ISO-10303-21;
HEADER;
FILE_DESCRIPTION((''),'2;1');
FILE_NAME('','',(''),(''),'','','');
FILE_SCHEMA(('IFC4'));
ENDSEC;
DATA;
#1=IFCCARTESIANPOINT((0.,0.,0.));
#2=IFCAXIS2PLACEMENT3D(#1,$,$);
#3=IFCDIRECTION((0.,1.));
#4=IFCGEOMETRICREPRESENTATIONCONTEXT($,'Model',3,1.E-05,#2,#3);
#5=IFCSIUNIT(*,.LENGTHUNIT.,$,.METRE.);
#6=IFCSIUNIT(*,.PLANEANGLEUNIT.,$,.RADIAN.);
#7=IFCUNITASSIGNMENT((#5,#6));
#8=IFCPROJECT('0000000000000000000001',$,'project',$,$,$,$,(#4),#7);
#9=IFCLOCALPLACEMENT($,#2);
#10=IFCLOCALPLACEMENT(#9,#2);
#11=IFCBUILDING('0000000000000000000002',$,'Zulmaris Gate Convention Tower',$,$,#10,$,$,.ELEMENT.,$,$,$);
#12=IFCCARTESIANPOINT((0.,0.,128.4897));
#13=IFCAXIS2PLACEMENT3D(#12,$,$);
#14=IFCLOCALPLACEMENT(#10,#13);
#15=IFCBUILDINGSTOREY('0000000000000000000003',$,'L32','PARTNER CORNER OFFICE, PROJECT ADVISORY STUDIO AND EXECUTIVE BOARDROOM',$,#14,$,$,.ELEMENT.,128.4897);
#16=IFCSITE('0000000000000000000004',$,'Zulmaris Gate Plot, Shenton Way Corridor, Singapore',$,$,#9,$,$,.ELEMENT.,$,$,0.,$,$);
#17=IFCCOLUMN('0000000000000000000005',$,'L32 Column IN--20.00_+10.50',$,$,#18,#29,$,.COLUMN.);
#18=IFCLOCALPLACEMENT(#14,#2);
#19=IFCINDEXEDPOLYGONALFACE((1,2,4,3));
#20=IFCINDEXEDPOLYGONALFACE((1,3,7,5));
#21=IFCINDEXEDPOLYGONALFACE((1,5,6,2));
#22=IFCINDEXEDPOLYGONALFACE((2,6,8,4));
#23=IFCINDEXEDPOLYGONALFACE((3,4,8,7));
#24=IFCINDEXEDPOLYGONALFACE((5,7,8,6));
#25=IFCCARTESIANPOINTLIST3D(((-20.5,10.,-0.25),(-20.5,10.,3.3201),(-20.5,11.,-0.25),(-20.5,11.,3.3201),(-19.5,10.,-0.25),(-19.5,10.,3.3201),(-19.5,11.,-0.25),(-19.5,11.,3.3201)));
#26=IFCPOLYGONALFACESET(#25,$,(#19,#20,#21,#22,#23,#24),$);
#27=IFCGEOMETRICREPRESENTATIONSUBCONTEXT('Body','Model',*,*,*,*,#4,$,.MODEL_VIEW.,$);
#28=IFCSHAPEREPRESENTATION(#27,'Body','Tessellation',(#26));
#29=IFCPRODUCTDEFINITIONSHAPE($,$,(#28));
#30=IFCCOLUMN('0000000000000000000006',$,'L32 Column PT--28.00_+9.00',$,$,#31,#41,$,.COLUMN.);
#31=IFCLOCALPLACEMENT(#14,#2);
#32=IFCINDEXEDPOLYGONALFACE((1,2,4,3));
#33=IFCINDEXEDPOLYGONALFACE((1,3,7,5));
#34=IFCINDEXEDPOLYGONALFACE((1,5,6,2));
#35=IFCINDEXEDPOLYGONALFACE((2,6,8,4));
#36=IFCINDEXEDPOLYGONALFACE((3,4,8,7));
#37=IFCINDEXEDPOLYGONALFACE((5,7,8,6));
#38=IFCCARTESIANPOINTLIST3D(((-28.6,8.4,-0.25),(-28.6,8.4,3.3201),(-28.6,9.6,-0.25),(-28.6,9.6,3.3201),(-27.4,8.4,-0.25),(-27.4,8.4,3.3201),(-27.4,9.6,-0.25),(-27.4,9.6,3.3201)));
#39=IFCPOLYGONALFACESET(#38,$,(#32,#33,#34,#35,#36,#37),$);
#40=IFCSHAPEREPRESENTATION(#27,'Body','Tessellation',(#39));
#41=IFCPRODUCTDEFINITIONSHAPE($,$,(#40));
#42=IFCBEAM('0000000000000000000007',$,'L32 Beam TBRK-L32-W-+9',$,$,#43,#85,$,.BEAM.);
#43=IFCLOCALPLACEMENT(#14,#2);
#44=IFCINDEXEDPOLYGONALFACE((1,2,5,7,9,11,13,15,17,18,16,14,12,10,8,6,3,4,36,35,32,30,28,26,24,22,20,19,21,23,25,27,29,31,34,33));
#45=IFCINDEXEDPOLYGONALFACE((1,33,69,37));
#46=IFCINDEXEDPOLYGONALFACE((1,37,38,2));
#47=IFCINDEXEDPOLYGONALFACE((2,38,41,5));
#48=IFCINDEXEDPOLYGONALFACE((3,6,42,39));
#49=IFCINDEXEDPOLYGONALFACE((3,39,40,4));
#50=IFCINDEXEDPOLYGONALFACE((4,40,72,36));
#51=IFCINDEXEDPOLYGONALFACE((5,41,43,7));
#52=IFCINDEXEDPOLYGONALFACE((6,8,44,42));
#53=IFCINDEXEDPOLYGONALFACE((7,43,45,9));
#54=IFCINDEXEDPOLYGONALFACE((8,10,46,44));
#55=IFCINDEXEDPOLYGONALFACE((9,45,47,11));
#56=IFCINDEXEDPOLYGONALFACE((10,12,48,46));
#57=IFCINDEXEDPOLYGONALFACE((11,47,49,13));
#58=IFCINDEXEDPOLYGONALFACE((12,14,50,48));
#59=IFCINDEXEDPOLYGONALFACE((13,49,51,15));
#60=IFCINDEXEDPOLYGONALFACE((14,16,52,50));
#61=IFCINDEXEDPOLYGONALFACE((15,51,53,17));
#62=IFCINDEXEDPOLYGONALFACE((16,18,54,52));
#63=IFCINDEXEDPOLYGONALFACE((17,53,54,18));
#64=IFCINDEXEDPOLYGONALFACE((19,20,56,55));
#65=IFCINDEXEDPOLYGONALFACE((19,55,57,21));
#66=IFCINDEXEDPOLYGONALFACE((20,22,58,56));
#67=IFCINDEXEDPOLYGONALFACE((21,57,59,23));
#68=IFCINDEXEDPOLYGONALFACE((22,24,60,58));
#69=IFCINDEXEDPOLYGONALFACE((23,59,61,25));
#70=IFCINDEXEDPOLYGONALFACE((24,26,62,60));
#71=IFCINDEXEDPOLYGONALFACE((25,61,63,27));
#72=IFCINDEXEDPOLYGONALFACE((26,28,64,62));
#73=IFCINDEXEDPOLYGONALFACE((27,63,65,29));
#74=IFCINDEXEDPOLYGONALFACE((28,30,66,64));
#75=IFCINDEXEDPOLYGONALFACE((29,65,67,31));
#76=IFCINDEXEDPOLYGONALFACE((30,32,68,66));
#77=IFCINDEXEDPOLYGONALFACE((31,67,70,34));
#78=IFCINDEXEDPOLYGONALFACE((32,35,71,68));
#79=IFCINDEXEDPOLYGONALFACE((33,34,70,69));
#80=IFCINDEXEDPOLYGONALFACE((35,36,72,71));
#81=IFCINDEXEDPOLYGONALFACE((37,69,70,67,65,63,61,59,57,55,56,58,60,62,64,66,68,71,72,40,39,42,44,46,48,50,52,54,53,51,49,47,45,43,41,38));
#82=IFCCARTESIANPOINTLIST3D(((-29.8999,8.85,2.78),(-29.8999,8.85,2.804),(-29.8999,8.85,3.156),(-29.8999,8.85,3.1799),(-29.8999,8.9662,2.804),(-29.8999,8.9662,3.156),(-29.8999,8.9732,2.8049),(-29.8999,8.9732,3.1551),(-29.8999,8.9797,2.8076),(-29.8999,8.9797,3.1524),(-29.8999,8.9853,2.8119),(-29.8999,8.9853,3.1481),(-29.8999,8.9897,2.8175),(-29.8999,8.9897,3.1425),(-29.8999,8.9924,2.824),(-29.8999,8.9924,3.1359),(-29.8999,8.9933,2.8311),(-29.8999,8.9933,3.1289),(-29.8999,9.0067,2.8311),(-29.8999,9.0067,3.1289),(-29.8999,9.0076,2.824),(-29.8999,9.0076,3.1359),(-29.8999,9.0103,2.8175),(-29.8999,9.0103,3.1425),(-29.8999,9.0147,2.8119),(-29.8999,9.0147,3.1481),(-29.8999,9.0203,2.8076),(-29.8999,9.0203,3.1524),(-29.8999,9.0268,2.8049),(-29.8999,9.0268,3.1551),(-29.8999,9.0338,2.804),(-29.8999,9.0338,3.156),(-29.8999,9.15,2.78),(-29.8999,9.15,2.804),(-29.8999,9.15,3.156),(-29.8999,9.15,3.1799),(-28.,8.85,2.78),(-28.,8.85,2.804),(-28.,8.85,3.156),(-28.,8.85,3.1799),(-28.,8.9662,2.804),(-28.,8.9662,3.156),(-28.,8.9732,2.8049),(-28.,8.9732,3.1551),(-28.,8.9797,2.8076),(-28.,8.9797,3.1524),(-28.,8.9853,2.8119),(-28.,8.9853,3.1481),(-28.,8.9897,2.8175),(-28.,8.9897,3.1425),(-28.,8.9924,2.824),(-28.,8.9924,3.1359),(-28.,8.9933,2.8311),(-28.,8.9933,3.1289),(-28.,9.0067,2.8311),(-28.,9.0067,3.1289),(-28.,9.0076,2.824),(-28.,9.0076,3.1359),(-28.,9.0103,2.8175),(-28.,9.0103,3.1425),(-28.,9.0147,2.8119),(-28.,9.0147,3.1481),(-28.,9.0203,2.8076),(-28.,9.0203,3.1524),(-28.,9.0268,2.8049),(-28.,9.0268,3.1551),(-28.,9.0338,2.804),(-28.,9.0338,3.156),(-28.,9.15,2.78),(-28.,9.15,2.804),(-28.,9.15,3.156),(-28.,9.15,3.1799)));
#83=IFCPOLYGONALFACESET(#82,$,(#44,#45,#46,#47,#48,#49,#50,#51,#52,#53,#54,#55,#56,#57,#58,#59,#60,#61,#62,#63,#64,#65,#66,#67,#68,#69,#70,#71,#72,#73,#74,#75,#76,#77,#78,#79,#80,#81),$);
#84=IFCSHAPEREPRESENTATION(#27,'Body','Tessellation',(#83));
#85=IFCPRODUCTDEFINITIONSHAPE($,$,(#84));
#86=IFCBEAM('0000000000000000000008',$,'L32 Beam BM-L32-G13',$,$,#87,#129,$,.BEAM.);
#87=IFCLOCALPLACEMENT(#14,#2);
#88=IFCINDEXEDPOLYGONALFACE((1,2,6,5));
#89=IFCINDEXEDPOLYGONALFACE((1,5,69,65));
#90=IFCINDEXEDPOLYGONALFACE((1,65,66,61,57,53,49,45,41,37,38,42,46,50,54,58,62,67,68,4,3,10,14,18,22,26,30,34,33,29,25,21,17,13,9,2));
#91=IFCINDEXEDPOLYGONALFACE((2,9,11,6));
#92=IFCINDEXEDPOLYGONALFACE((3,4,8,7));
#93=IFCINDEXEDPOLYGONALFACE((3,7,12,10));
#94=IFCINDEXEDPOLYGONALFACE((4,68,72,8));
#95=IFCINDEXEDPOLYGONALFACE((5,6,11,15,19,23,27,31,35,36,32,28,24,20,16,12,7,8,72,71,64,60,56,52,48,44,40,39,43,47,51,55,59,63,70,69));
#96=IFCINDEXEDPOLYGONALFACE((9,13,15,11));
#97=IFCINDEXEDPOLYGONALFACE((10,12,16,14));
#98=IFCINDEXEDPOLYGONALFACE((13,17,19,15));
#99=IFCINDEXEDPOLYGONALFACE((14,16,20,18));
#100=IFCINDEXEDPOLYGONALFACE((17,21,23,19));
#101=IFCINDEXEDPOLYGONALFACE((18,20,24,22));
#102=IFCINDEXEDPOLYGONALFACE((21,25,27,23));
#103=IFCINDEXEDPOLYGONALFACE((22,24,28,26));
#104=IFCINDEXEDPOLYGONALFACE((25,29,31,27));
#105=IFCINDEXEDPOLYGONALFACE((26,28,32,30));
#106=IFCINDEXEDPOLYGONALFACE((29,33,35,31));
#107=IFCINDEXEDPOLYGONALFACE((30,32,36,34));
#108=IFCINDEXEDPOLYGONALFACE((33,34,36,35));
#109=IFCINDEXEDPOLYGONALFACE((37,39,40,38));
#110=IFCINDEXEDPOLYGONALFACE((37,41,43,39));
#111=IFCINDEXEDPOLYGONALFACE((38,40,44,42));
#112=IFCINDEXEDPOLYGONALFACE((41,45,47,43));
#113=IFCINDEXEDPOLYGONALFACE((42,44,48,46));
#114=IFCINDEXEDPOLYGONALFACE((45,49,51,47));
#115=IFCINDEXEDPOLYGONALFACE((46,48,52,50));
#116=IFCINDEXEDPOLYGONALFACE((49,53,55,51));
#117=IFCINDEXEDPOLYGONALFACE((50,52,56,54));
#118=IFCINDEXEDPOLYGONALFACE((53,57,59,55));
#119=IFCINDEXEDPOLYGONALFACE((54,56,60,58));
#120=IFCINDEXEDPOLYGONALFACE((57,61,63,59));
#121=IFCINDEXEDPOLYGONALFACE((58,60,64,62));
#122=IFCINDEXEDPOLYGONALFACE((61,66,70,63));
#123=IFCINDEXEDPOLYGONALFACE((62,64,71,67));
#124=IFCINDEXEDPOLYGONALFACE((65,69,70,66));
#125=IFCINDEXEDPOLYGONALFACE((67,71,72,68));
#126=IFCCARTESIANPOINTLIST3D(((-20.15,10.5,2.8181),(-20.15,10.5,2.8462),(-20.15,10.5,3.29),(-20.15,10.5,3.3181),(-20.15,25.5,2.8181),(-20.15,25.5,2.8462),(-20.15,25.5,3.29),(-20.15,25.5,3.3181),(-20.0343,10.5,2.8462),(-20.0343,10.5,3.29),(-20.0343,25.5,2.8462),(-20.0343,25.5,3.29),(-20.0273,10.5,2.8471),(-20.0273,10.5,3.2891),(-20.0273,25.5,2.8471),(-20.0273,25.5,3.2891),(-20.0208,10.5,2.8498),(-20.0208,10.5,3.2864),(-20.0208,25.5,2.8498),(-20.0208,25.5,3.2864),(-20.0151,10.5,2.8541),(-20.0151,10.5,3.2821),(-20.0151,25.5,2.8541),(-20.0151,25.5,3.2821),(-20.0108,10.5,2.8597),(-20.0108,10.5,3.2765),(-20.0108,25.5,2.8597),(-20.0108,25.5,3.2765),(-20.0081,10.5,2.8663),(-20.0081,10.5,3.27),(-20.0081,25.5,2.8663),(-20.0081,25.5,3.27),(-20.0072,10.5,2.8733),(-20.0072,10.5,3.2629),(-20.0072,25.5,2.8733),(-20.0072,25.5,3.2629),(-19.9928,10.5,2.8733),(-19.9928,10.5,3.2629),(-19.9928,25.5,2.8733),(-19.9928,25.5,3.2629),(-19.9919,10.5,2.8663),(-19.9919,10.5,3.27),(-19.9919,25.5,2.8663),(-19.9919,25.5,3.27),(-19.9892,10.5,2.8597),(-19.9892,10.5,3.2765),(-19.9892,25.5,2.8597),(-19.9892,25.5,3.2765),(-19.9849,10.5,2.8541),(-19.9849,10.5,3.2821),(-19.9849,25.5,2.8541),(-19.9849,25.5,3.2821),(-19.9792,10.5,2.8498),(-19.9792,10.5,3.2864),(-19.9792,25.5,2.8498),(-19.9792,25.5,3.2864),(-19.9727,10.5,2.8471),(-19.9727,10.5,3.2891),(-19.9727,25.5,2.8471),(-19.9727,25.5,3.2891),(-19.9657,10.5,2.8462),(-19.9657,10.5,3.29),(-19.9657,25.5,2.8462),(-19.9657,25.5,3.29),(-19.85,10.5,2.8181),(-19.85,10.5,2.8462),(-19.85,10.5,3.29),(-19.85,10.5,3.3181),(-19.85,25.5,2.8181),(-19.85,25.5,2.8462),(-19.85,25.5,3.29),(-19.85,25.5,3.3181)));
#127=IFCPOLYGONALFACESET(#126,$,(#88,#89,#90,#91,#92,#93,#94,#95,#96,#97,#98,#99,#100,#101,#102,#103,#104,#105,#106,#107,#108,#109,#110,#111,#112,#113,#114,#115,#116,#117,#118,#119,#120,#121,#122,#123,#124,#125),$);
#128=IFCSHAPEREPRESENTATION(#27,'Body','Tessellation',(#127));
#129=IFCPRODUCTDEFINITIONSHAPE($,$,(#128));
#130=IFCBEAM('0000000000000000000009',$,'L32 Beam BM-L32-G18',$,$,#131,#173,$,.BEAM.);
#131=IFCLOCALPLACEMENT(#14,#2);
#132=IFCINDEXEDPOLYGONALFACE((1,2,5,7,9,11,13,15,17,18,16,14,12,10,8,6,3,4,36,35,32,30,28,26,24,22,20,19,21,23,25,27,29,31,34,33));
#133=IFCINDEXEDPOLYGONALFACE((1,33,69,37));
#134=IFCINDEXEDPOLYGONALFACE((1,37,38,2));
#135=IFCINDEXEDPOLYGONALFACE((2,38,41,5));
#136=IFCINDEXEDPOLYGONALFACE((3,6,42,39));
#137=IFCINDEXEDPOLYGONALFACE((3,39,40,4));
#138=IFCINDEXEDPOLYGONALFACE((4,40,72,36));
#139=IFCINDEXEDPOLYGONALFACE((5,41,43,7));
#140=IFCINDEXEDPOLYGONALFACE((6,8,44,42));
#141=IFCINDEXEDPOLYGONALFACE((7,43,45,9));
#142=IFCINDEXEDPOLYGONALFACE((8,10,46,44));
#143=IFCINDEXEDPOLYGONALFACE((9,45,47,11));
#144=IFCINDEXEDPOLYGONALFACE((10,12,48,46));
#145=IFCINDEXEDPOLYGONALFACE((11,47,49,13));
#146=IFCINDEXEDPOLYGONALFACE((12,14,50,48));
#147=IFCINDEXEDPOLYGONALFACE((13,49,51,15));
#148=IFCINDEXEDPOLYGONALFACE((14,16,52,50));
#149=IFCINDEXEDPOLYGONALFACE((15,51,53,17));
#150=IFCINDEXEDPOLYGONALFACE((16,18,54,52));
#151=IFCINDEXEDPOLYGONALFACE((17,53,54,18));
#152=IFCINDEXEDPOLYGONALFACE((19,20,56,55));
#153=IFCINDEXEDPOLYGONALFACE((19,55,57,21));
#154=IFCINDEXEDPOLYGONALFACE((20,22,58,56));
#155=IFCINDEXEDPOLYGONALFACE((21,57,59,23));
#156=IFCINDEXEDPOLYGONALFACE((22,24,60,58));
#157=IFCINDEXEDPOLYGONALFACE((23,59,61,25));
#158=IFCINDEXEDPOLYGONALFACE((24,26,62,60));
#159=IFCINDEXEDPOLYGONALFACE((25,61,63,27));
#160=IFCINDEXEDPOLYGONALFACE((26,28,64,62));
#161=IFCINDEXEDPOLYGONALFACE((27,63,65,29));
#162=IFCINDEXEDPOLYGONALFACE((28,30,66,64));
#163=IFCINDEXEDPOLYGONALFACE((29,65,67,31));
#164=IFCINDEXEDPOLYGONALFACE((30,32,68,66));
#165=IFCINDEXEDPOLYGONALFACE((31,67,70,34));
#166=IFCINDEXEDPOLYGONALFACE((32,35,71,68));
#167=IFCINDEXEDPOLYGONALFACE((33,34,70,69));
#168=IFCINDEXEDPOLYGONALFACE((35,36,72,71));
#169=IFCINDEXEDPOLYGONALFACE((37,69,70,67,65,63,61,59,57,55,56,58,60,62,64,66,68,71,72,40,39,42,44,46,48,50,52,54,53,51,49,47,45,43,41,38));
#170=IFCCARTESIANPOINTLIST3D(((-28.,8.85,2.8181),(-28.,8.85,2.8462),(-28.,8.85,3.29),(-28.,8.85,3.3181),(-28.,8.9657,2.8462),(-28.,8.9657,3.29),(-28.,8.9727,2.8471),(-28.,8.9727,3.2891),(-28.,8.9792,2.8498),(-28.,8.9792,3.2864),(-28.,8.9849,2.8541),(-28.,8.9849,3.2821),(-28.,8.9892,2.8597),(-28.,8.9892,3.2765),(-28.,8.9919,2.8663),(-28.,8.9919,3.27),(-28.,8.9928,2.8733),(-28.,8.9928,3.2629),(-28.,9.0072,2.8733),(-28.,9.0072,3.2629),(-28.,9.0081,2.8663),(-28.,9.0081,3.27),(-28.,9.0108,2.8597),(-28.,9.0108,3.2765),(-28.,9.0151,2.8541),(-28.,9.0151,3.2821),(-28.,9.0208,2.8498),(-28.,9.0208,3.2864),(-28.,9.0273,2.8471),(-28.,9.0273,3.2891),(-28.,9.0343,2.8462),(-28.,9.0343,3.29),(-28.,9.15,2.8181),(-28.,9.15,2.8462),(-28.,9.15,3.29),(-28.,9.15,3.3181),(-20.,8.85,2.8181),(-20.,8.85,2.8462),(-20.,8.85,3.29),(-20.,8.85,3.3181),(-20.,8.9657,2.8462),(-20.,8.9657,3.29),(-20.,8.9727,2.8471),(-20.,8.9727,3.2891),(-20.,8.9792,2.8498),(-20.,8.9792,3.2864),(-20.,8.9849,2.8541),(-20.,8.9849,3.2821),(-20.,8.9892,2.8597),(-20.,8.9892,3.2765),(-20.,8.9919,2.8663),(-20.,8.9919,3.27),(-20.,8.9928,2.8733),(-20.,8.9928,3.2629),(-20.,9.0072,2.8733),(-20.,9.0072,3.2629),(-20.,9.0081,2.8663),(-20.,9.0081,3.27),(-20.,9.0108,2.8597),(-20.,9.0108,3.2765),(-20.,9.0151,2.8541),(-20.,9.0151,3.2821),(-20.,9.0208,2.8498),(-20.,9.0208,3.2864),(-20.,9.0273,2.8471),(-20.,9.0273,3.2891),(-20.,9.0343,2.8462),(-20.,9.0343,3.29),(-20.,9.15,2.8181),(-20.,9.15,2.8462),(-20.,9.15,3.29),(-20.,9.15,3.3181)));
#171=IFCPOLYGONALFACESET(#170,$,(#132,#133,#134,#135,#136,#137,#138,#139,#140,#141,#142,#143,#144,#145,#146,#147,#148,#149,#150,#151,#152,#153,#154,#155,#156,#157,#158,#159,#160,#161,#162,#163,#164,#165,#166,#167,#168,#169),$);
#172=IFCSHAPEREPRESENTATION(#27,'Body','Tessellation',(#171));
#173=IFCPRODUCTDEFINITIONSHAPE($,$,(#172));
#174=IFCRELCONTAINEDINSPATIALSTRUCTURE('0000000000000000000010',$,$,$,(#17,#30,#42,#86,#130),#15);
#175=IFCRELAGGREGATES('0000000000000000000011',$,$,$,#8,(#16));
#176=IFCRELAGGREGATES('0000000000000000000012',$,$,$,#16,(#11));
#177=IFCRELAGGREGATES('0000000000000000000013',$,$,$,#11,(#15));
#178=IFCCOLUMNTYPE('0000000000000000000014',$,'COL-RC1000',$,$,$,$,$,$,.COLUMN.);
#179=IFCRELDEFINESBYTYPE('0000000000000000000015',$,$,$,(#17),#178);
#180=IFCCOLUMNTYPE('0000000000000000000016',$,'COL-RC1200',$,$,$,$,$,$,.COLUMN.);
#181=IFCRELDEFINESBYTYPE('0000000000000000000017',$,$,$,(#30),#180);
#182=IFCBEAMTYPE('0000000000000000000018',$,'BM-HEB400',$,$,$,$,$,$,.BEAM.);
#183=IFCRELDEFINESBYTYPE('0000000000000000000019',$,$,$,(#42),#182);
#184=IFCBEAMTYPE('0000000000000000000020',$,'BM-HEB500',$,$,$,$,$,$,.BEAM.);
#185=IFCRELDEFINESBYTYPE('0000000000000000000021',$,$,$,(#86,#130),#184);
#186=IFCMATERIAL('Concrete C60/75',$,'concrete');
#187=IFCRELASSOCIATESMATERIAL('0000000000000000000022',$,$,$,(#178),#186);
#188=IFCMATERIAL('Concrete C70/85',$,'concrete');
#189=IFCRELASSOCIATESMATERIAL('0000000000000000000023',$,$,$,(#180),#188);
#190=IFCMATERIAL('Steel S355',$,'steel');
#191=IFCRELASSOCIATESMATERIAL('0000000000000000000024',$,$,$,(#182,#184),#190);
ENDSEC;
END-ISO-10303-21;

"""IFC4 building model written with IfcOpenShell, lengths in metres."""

from ifc_helpers import new_model, si_unit, direction, frame, origin, origin_2d, place, context, subcontext, project, spatial, rectangle, i_section, extrude, material, material_profile, profile_set, type_object, element, save


model = new_model("IFC4")

# Units and contexts
model_context = context("Model", 3, precision=1e-05, world=origin(), true_north=direction((0.0, 1.0)))
body_context = subcontext(model_context, "Body", "Model", "MODEL_VIEW")
ifc_project = project(units=[si_unit("LENGTHUNIT", "METRE"), si_unit("PLANEANGLEUNIT", "RADIAN")], contexts=[model_context])

# Site, building, storey
site_placement = place(None, origin())
site = spatial("IfcSite", under=ifc_project, at=site_placement, Name="Zulmaris Gate Plot, Shenton Way Corridor, Singapore", CompositionType="ELEMENT", RefElevation=0.0)
building_placement = place(site_placement, origin())
building = spatial("IfcBuilding", under=site, at=building_placement, Name="Zulmaris Gate Convention Tower", CompositionType="ELEMENT")
storey_placement = place(building_placement, frame((0.0, 0.0, 128.4897)))
storey = spatial("IfcBuildingStorey", under=building, at=storey_placement, Name="L32", Description="PARTNER CORNER OFFICE, PROJECT ADVISORY STUDIO AND EXECUTIVE BOARDROOM", CompositionType="ELEMENT", Elevation=128.4897)

# Columns
ifc_material_1 = material(Name="Concrete C60/75", Category="concrete")
ifc_material_profile_1 = material_profile(ifc_material_1, rectangle(XDim=1.0, YDim=1.0, at=origin_2d()), Name="RC COL 1000x1000")
ifc_profile_set_1 = profile_set([ifc_material_profile_1], Name="Concrete C60/75")
column_type_1 = type_object("IfcColumnType", Name="COL-RC1000", PredefinedType="COLUMN", material=ifc_profile_set_1)
column_1_placement = place(storey_placement, frame((-20.0, 10.5, -0.25), z_axis=(0.0, 0.0, 1.0), x_axis=(1.0, 0.0, 0.0)))
element("IfcColumn", 1, at=column_1_placement, inside=storey, type_object=column_type_1, Name="L32 Column IN--20.00_+10.50", PredefinedType="COLUMN", context=body_context, shape_type="SweptSolid", body=[
    extrude(rectangle(XDim=1.0, YDim=1.0, at=origin_2d()), origin(), (0.0, 0.0, 1.0), 3.5701),
])
ifc_material_2 = material(Name="Concrete C70/85", Category="concrete")
ifc_material_profile_2 = material_profile(ifc_material_2, rectangle(XDim=1.2, YDim=1.2, at=origin_2d()), Name="RC COL 1200x1200")
ifc_profile_set_2 = profile_set([ifc_material_profile_2], Name="Concrete C70/85")
column_type_2 = type_object("IfcColumnType", Name="COL-RC1200", PredefinedType="COLUMN", material=ifc_profile_set_2)
column_2_placement = place(storey_placement, frame((-28.0, 9.0, -0.25), z_axis=(0.0, 0.0, 1.0), x_axis=(1.0, 0.0, 0.0)))
element("IfcColumn", 2, at=column_2_placement, inside=storey, type_object=column_type_2, Name="L32 Column PT--28.00_+9.00", PredefinedType="COLUMN", context=body_context, shape_type="SweptSolid", body=[
    extrude(rectangle(XDim=1.2, YDim=1.2, at=origin_2d()), origin(), (0.0, 0.0, 1.0), 3.5701),
])

# Beams
ifc_material_3 = material(Name="Steel S355", Category="steel")
ifc_material_profile_3 = material_profile(ifc_material_3, i_section(OverallWidth=0.3, OverallDepth=0.3999, WebThickness=0.0134, FlangeThickness=0.0239, FilletRadius=0.0271, at=origin_2d()), Name="HEB 400")
ifc_profile_set_3 = profile_set([ifc_material_profile_3], Name="Steel S355")
beam_type_1 = type_object("IfcBeamType", Name="BM-HEB400", PredefinedType="BEAM", material=ifc_profile_set_3)
beam_1_placement = place(storey_placement, frame((-29.8999, 9.0, 2.98), z_axis=(1.0, 0.0, 0.0), x_axis=(0.0, 1.0, 0.0)))
element("IfcBeam", 3, at=beam_1_placement, inside=storey, type_object=beam_type_1, Name="L32 Beam TBRK-L32-W-+9", PredefinedType="BEAM", context=body_context, shape_type="SweptSolid", body=[
    extrude(i_section(OverallWidth=0.3, OverallDepth=0.3999, WebThickness=0.0134, FlangeThickness=0.0239, FilletRadius=0.0271, at=origin_2d()), origin(), (0.0, 0.0, 1.0), 1.8999),
])
ifc_material_profile_4 = material_profile(ifc_material_3, i_section(OverallWidth=0.3, OverallDepth=0.5, WebThickness=0.0144, FlangeThickness=0.0281, FilletRadius=0.0271, at=origin_2d()), Name="HEB 500")
ifc_profile_set_4 = profile_set([ifc_material_profile_4], Name="Steel S355")
beam_type_2 = type_object("IfcBeamType", Name="BM-HEB500", PredefinedType="BEAM", material=ifc_profile_set_4)
beam_2_placement = place(storey_placement, frame((-20.0, 10.5, 3.0681), z_axis=(0.0, 1.0, 0.0), x_axis=(-1.0, 0.0, 0.0)))
element("IfcBeam", 4, at=beam_2_placement, inside=storey, type_object=beam_type_2, Name="L32 Beam BM-L32-G13", PredefinedType="BEAM", context=body_context, shape_type="SweptSolid", body=[
    extrude(i_section(OverallWidth=0.3, OverallDepth=0.5, WebThickness=0.0144, FlangeThickness=0.0281, FilletRadius=0.0271, at=origin_2d()), origin(), (0.0, 0.0, 1.0), 15.0),
])
beam_3_placement = place(storey_placement, frame((-28.0, 9.0, 3.0681), z_axis=(1.0, 0.0, 0.0), x_axis=(0.0, 1.0, 0.0)))
element("IfcBeam", 5, at=beam_3_placement, inside=storey, type_object=beam_type_2, Name="L32 Beam BM-L32-G18", PredefinedType="BEAM", context=body_context, shape_type="SweptSolid", body=[
    extrude(i_section(OverallWidth=0.3, OverallDepth=0.5, WebThickness=0.0144, FlangeThickness=0.0281, FilletRadius=0.0271, at=origin_2d()), origin(), (0.0, 0.0, 1.0), 8.0),
])

save(model, "model.ifc")
